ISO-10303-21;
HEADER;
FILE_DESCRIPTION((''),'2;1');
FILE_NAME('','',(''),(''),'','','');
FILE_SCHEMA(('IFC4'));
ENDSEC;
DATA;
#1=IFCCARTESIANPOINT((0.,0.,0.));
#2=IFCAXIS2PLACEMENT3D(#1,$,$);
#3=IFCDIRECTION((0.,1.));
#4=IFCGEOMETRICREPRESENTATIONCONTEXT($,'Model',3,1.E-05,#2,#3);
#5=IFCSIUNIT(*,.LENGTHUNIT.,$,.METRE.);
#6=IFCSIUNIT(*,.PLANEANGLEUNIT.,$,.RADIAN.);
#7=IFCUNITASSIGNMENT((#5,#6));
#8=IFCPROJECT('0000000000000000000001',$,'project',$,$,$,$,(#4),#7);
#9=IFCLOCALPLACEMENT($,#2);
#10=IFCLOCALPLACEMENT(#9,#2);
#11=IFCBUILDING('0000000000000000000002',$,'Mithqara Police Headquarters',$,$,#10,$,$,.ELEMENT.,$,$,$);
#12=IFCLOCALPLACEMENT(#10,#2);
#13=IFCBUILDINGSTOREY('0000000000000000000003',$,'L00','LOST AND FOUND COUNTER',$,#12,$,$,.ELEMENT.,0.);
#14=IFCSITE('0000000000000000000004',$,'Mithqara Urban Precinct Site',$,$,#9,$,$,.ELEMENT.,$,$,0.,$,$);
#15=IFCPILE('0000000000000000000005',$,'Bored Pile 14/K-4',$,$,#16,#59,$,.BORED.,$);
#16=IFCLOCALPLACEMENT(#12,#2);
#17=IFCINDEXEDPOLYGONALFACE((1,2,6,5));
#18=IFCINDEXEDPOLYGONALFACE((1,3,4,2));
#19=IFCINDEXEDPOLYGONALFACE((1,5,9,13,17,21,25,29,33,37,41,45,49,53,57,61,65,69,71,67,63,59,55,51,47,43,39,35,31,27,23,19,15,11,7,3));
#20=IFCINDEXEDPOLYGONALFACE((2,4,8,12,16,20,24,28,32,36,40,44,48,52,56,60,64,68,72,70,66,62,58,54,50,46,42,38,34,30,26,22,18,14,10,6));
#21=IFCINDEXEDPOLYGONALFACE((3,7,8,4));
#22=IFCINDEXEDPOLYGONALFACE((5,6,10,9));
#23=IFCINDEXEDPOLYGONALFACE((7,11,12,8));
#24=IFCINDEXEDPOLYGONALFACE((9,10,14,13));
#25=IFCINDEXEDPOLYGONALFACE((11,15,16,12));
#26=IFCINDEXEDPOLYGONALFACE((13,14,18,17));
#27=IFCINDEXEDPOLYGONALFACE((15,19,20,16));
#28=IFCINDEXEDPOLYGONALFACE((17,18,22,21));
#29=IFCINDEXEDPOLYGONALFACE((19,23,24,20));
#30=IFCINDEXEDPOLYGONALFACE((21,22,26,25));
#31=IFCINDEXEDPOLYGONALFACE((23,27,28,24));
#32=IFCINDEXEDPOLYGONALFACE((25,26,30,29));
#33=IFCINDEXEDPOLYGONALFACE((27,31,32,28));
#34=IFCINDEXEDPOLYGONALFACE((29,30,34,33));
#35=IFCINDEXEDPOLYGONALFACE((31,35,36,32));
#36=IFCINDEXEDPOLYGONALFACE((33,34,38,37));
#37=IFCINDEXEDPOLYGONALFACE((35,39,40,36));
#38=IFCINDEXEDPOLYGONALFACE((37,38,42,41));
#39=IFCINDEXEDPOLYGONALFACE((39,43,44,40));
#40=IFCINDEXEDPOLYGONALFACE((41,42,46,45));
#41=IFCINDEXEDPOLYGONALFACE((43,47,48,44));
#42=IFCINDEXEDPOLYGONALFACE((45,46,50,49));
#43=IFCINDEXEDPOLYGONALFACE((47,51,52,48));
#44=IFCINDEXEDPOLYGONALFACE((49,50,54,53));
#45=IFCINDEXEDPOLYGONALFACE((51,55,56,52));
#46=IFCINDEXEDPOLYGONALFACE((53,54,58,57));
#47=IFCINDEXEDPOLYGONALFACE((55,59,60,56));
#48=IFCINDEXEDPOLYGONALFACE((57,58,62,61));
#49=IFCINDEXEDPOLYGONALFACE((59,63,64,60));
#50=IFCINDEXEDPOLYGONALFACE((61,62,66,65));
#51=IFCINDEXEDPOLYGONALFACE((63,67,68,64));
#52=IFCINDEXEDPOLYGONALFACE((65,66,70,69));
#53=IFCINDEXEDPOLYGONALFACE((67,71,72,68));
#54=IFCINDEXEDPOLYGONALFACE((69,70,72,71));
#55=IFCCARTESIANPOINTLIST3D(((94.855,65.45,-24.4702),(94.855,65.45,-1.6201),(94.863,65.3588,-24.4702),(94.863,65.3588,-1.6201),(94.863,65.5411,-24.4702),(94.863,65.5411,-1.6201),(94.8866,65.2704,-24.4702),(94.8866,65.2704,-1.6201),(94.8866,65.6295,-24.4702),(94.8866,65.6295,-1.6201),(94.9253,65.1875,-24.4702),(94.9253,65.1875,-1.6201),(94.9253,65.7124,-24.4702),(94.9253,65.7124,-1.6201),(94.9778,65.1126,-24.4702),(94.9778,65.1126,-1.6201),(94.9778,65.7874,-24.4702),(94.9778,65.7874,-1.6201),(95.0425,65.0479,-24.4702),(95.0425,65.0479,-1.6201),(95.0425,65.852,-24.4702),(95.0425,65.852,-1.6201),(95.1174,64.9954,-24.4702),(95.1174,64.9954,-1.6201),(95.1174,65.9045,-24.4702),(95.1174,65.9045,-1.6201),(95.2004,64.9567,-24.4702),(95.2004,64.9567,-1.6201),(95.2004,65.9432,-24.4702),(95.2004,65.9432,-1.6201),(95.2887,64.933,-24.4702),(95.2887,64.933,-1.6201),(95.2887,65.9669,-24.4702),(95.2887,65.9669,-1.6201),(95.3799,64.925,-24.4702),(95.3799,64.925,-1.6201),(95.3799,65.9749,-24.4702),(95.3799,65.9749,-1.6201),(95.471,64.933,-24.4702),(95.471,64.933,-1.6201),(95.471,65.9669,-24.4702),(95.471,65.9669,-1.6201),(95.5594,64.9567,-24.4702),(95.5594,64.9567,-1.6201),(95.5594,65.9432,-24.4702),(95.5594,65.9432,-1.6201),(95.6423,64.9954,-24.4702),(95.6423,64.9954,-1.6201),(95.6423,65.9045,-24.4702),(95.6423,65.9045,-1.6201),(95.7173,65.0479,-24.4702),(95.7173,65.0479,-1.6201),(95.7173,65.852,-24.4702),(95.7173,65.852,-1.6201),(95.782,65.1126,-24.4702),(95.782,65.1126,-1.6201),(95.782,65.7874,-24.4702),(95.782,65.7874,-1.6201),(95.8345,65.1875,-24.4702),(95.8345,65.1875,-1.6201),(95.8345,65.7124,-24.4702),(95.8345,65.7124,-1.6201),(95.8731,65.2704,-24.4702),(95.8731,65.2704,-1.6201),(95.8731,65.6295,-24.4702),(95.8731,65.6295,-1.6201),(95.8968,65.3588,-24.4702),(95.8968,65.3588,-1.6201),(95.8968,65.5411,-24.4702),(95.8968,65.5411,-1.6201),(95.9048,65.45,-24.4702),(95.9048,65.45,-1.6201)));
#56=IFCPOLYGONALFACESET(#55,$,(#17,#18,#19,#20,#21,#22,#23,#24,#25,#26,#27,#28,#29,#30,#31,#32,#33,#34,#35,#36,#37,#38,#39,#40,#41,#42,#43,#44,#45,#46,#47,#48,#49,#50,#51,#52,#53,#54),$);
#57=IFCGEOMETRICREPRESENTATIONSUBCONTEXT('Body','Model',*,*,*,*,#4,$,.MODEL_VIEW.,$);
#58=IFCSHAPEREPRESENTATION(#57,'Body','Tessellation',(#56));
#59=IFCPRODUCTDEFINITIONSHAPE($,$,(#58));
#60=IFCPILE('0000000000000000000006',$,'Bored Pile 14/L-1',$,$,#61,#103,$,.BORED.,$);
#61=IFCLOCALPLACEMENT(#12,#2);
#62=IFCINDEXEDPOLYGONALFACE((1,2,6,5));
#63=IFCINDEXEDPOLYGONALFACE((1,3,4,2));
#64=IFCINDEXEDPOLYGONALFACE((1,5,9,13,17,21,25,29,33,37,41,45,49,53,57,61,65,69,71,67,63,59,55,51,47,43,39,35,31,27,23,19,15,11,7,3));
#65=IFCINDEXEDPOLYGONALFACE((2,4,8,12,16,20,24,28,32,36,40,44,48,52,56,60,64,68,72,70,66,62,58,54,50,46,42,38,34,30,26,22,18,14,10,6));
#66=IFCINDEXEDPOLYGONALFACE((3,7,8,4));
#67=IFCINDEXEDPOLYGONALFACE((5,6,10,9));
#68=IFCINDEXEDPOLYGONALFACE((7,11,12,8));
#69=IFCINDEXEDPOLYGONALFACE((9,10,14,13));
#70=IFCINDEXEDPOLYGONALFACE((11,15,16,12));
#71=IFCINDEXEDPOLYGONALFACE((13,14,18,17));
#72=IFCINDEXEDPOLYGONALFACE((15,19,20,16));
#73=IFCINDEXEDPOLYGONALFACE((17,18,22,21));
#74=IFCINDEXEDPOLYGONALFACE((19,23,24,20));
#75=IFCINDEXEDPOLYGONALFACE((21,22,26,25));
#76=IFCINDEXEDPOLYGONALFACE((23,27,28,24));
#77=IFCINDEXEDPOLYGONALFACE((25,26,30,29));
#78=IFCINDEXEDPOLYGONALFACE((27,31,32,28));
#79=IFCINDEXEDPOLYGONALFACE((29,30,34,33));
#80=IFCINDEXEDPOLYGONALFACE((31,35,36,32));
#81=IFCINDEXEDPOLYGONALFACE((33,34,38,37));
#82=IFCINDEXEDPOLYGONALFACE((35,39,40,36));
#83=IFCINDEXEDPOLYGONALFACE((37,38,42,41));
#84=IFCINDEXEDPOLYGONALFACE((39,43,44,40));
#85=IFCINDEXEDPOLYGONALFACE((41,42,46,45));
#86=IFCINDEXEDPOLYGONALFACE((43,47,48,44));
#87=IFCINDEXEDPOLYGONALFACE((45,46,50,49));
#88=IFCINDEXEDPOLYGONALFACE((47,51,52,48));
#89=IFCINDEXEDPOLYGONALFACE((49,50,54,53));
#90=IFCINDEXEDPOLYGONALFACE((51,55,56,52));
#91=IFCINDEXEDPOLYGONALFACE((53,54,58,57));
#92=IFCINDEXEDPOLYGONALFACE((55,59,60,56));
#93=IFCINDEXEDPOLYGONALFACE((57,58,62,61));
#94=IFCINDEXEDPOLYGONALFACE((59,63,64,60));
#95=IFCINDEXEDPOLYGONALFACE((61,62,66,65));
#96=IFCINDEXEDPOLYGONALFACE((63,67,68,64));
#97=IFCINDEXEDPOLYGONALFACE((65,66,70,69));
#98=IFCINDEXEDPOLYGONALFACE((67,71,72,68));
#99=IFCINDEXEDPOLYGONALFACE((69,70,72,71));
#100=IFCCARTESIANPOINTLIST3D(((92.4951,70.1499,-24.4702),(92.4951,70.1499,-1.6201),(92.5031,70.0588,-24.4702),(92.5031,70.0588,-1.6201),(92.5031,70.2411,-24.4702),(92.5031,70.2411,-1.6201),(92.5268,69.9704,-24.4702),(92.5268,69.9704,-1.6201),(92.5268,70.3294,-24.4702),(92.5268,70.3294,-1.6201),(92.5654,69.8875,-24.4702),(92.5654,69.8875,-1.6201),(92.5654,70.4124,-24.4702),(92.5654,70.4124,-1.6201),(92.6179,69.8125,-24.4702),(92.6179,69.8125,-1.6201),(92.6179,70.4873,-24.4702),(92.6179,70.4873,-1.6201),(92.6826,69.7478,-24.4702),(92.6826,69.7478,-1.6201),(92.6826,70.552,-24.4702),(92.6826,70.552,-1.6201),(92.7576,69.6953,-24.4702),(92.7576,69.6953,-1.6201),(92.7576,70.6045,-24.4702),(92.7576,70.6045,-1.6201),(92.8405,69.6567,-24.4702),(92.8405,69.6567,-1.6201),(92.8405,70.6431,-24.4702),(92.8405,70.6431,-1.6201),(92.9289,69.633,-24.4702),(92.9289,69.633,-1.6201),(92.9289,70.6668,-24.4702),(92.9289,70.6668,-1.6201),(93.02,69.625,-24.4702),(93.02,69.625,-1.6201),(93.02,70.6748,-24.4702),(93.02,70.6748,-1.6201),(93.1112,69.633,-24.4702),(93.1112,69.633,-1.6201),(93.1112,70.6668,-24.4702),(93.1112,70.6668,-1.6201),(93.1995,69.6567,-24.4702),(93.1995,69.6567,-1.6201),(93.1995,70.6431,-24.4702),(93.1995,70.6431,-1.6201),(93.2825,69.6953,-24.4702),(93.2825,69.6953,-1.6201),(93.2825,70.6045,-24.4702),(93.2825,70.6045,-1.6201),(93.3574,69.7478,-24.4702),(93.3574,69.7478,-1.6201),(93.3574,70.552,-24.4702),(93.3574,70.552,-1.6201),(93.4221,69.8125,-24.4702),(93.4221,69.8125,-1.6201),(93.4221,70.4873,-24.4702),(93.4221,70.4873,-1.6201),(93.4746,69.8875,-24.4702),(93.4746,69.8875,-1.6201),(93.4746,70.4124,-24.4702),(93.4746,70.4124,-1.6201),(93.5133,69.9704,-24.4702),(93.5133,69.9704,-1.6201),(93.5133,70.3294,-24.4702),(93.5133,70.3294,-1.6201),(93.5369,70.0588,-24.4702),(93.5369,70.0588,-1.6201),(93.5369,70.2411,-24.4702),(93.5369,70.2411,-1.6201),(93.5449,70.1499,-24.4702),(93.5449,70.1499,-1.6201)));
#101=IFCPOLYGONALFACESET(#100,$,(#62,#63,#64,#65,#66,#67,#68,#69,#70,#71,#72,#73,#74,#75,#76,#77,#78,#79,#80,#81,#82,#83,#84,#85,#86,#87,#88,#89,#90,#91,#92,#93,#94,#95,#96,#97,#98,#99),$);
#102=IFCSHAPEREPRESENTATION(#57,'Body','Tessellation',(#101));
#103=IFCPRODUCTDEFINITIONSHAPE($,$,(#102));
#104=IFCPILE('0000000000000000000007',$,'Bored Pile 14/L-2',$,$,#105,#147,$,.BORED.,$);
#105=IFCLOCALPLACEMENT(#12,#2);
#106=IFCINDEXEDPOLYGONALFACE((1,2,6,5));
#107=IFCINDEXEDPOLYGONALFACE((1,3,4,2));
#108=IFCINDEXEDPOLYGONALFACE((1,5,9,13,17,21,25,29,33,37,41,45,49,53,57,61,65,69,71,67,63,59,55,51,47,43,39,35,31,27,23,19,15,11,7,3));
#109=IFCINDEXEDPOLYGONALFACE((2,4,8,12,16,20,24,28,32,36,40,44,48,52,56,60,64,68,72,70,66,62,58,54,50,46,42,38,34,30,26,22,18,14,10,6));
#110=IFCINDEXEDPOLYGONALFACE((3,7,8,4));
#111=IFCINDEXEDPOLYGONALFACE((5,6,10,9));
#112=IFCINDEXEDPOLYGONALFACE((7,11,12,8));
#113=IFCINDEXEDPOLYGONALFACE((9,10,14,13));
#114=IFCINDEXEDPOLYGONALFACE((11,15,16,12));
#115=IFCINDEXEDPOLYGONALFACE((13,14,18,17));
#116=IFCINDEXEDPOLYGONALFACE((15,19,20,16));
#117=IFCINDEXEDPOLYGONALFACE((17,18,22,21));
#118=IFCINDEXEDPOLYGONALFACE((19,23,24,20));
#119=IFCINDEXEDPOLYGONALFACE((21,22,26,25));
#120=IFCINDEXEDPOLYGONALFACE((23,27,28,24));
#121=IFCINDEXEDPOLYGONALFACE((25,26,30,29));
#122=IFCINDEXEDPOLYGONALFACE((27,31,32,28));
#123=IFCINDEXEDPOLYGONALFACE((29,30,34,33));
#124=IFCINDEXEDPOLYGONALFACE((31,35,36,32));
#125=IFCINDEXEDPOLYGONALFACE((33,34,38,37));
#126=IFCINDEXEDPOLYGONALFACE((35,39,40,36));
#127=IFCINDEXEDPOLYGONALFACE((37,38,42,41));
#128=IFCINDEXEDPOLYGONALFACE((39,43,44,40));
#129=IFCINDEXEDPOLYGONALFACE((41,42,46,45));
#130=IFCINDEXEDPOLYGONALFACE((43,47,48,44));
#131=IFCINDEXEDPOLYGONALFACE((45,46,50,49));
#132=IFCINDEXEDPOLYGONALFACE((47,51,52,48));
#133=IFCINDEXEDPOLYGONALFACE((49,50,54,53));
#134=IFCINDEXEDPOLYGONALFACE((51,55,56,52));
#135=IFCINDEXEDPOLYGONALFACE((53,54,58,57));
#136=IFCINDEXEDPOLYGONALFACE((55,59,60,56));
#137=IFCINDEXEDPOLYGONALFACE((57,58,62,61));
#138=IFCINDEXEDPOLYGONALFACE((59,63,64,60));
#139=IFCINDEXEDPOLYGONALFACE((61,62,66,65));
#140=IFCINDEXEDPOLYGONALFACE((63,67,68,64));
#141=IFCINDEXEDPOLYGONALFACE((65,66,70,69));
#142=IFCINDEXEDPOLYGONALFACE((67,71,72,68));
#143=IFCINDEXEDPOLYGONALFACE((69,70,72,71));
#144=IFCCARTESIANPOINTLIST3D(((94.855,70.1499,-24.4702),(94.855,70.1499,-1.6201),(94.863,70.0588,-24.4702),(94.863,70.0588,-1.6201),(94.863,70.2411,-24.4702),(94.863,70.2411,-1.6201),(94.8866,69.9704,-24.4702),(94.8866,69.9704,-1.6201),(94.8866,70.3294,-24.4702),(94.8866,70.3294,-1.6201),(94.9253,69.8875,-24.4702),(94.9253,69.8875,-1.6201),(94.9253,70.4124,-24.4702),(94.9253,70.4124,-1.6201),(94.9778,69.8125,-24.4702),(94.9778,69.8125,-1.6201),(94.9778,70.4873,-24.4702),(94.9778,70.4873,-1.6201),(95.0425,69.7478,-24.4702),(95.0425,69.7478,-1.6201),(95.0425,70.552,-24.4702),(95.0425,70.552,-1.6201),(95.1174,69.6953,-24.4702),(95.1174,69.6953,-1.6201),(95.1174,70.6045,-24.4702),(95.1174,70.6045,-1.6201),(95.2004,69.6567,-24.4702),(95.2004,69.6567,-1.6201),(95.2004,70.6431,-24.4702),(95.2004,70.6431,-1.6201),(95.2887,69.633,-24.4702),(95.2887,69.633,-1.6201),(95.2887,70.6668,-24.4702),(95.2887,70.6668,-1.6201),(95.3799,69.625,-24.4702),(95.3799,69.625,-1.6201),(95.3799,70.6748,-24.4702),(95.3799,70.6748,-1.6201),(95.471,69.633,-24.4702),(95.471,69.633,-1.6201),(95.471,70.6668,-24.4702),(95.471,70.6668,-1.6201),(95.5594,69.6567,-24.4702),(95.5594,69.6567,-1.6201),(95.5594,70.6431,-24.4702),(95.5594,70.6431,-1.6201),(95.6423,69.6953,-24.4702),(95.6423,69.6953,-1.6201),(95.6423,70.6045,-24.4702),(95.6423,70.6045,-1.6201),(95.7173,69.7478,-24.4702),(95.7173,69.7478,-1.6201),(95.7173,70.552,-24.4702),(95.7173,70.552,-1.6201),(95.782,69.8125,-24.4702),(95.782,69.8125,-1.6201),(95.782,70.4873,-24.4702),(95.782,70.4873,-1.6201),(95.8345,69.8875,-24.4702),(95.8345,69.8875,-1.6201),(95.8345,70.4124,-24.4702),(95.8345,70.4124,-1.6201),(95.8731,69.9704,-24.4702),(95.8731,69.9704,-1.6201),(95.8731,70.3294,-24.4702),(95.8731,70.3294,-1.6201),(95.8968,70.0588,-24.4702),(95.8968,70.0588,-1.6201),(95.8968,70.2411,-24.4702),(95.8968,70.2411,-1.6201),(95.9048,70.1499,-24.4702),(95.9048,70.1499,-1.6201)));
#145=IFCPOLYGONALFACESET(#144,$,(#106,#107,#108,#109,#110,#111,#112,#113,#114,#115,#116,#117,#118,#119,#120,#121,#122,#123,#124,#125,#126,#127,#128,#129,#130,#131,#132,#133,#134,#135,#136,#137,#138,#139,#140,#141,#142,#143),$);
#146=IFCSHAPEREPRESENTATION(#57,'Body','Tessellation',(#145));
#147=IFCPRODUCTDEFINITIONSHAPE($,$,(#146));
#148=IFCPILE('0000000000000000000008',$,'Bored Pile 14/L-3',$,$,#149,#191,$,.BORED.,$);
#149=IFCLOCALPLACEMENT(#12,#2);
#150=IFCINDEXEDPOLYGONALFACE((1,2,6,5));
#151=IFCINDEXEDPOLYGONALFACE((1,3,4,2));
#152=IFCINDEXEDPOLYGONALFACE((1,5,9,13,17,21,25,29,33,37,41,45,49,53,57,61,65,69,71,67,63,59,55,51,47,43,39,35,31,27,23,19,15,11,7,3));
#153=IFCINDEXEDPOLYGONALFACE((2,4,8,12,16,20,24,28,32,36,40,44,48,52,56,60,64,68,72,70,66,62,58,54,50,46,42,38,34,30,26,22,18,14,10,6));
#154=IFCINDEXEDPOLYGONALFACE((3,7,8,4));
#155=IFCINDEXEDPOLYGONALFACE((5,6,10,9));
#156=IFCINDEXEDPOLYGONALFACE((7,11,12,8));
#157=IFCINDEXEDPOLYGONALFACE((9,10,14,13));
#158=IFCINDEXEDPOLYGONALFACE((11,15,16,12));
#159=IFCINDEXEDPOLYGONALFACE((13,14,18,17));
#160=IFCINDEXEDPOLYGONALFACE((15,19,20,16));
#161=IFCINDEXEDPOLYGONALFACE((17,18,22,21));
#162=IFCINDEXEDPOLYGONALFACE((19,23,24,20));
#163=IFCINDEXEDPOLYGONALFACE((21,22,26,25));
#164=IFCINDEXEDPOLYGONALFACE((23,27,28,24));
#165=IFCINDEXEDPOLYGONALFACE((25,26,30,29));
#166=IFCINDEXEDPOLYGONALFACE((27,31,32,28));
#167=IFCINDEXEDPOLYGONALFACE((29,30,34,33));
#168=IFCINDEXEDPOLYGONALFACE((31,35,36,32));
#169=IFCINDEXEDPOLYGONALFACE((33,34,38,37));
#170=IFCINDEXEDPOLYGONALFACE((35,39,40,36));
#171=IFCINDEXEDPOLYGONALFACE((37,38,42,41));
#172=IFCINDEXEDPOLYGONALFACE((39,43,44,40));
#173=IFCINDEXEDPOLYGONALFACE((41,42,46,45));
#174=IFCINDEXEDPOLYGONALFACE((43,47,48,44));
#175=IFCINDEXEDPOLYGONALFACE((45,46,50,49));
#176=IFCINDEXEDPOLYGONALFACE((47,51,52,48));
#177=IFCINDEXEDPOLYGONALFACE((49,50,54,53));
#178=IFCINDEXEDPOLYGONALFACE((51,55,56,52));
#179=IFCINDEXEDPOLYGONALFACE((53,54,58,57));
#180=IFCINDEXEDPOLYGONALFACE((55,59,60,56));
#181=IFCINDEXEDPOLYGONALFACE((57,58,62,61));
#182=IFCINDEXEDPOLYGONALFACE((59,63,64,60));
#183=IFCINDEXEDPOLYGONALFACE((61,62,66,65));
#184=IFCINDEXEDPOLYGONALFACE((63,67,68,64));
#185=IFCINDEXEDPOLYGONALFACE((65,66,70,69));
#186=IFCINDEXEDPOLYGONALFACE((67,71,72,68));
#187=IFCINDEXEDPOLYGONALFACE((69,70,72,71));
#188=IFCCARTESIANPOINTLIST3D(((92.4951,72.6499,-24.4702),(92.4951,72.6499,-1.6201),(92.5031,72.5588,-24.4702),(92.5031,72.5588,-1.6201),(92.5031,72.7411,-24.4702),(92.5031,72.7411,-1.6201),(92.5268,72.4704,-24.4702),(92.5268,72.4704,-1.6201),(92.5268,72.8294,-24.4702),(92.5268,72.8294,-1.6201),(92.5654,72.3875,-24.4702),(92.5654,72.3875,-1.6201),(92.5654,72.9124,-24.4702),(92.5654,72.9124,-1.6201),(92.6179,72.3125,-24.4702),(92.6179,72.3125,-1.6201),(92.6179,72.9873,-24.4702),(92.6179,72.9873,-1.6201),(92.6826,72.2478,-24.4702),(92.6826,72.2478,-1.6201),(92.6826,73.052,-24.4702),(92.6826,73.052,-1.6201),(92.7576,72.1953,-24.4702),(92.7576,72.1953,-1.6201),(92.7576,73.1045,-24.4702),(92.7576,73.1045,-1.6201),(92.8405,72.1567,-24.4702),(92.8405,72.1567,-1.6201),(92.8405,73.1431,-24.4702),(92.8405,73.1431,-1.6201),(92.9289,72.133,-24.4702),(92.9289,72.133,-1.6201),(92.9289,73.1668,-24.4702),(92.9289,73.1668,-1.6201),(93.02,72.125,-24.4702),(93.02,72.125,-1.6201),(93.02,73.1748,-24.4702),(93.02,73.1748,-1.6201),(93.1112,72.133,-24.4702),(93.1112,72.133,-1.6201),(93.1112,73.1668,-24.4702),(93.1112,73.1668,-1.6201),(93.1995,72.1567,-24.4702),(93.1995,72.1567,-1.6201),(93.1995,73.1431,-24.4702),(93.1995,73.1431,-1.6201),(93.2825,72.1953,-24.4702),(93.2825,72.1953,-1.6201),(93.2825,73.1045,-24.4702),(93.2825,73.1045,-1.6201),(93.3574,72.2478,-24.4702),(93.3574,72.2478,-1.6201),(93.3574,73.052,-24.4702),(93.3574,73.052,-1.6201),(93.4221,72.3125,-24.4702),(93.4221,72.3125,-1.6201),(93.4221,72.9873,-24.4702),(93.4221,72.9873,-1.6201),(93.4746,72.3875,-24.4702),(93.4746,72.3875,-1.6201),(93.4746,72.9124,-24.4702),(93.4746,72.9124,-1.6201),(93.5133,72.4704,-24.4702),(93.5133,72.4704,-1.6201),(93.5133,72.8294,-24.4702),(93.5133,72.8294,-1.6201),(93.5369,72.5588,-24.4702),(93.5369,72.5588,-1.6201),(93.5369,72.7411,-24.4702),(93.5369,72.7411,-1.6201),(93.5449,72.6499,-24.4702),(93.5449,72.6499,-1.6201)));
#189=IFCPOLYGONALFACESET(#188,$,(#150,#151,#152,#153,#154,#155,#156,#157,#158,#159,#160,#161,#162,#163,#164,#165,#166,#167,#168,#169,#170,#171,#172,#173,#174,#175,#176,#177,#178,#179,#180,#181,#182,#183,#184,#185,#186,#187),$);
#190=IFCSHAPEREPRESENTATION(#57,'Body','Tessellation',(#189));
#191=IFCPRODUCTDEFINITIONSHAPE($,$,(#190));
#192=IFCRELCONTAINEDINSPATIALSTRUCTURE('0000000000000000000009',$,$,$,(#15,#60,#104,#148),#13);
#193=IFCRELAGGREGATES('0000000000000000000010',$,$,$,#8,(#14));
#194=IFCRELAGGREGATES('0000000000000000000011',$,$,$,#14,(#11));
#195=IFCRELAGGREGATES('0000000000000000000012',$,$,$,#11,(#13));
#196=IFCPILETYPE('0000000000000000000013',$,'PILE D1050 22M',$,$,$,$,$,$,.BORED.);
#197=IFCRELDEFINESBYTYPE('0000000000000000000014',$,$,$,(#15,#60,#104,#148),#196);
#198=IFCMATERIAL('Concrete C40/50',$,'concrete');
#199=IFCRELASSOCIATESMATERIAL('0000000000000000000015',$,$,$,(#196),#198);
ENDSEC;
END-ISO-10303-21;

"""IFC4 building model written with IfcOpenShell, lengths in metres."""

from ifc_helpers import new_model, si_unit, direction, frame, origin, origin_2d, place, context, subcontext, project, spatial, circle, extrude, material, material_profile, profile_set, type_object, element, save


model = new_model("IFC4")

# Units and contexts
model_context = context("Model", 3, precision=1e-05, world=origin(), true_north=direction((0.0, 1.0)))
body_context = subcontext(model_context, "Body", "Model", "MODEL_VIEW")
ifc_project = project(units=[si_unit("LENGTHUNIT", "METRE"), si_unit("PLANEANGLEUNIT", "RADIAN")], contexts=[model_context])

# Site, building, storey
site_placement = place(None, origin())
site = spatial("IfcSite", under=ifc_project, at=site_placement, Name="Mithqara Urban Precinct Site", CompositionType="ELEMENT", RefElevation=0.0)
building_placement = place(site_placement, origin())
building = spatial("IfcBuilding", under=site, at=building_placement, Name="Mithqara Police Headquarters", CompositionType="ELEMENT")
storey_placement = place(building_placement, origin())
storey = spatial("IfcBuildingStorey", under=building, at=storey_placement, Name="L00", Description="LOST AND FOUND COUNTER", CompositionType="ELEMENT", Elevation=0.0)

# Shared definitions
ifc_material_1 = material(Name="Concrete C40/50", Category="concrete")

# Piles
ifc_material_profile_1 = material_profile(ifc_material_1, circle(Radius=0.5249, at=origin_2d()), Name="PILE D1050")
ifc_profile_set_1 = profile_set([ifc_material_profile_1], Name="Concrete C40/50")
pile_type = type_object("IfcPileType", Name="PILE D1050 22M", PredefinedType="BORED", material=ifc_profile_set_1)
for number, where, z_axis, x_axis, name in (
    (1, (95.3799, 65.45, -1.6201), (0.0, 0.0, -1.0), (1.0, 0.0, 0.0), "Bored Pile 14/K-4"),
    (2, (93.02, 70.1499, -1.6201), (0.0, 0.0, -1.0), (1.0, 0.0, 0.0), "Bored Pile 14/L-1"),
    (3, (95.3799, 70.1499, -1.6201), (0.0, 0.0, -1.0), (1.0, 0.0, 0.0), "Bored Pile 14/L-2"),
    (4, (93.02, 72.6499, -1.6201), (0.0, 0.0, -1.0), (1.0, 0.0, 0.0), "Bored Pile 14/L-3"),
):
    element("IfcPile", number, at=place(storey_placement, frame(where, z_axis=z_axis, x_axis=x_axis)), inside=storey, type_object=pile_type, Name=name, PredefinedType="BORED", context=body_context, shape_type="SweptSolid", body=[
        extrude(circle(Radius=0.5249, at=origin_2d()), origin(), (0.0, 0.0, 1.0), 22.8501),
    ])

save(model, "model.ifc")
